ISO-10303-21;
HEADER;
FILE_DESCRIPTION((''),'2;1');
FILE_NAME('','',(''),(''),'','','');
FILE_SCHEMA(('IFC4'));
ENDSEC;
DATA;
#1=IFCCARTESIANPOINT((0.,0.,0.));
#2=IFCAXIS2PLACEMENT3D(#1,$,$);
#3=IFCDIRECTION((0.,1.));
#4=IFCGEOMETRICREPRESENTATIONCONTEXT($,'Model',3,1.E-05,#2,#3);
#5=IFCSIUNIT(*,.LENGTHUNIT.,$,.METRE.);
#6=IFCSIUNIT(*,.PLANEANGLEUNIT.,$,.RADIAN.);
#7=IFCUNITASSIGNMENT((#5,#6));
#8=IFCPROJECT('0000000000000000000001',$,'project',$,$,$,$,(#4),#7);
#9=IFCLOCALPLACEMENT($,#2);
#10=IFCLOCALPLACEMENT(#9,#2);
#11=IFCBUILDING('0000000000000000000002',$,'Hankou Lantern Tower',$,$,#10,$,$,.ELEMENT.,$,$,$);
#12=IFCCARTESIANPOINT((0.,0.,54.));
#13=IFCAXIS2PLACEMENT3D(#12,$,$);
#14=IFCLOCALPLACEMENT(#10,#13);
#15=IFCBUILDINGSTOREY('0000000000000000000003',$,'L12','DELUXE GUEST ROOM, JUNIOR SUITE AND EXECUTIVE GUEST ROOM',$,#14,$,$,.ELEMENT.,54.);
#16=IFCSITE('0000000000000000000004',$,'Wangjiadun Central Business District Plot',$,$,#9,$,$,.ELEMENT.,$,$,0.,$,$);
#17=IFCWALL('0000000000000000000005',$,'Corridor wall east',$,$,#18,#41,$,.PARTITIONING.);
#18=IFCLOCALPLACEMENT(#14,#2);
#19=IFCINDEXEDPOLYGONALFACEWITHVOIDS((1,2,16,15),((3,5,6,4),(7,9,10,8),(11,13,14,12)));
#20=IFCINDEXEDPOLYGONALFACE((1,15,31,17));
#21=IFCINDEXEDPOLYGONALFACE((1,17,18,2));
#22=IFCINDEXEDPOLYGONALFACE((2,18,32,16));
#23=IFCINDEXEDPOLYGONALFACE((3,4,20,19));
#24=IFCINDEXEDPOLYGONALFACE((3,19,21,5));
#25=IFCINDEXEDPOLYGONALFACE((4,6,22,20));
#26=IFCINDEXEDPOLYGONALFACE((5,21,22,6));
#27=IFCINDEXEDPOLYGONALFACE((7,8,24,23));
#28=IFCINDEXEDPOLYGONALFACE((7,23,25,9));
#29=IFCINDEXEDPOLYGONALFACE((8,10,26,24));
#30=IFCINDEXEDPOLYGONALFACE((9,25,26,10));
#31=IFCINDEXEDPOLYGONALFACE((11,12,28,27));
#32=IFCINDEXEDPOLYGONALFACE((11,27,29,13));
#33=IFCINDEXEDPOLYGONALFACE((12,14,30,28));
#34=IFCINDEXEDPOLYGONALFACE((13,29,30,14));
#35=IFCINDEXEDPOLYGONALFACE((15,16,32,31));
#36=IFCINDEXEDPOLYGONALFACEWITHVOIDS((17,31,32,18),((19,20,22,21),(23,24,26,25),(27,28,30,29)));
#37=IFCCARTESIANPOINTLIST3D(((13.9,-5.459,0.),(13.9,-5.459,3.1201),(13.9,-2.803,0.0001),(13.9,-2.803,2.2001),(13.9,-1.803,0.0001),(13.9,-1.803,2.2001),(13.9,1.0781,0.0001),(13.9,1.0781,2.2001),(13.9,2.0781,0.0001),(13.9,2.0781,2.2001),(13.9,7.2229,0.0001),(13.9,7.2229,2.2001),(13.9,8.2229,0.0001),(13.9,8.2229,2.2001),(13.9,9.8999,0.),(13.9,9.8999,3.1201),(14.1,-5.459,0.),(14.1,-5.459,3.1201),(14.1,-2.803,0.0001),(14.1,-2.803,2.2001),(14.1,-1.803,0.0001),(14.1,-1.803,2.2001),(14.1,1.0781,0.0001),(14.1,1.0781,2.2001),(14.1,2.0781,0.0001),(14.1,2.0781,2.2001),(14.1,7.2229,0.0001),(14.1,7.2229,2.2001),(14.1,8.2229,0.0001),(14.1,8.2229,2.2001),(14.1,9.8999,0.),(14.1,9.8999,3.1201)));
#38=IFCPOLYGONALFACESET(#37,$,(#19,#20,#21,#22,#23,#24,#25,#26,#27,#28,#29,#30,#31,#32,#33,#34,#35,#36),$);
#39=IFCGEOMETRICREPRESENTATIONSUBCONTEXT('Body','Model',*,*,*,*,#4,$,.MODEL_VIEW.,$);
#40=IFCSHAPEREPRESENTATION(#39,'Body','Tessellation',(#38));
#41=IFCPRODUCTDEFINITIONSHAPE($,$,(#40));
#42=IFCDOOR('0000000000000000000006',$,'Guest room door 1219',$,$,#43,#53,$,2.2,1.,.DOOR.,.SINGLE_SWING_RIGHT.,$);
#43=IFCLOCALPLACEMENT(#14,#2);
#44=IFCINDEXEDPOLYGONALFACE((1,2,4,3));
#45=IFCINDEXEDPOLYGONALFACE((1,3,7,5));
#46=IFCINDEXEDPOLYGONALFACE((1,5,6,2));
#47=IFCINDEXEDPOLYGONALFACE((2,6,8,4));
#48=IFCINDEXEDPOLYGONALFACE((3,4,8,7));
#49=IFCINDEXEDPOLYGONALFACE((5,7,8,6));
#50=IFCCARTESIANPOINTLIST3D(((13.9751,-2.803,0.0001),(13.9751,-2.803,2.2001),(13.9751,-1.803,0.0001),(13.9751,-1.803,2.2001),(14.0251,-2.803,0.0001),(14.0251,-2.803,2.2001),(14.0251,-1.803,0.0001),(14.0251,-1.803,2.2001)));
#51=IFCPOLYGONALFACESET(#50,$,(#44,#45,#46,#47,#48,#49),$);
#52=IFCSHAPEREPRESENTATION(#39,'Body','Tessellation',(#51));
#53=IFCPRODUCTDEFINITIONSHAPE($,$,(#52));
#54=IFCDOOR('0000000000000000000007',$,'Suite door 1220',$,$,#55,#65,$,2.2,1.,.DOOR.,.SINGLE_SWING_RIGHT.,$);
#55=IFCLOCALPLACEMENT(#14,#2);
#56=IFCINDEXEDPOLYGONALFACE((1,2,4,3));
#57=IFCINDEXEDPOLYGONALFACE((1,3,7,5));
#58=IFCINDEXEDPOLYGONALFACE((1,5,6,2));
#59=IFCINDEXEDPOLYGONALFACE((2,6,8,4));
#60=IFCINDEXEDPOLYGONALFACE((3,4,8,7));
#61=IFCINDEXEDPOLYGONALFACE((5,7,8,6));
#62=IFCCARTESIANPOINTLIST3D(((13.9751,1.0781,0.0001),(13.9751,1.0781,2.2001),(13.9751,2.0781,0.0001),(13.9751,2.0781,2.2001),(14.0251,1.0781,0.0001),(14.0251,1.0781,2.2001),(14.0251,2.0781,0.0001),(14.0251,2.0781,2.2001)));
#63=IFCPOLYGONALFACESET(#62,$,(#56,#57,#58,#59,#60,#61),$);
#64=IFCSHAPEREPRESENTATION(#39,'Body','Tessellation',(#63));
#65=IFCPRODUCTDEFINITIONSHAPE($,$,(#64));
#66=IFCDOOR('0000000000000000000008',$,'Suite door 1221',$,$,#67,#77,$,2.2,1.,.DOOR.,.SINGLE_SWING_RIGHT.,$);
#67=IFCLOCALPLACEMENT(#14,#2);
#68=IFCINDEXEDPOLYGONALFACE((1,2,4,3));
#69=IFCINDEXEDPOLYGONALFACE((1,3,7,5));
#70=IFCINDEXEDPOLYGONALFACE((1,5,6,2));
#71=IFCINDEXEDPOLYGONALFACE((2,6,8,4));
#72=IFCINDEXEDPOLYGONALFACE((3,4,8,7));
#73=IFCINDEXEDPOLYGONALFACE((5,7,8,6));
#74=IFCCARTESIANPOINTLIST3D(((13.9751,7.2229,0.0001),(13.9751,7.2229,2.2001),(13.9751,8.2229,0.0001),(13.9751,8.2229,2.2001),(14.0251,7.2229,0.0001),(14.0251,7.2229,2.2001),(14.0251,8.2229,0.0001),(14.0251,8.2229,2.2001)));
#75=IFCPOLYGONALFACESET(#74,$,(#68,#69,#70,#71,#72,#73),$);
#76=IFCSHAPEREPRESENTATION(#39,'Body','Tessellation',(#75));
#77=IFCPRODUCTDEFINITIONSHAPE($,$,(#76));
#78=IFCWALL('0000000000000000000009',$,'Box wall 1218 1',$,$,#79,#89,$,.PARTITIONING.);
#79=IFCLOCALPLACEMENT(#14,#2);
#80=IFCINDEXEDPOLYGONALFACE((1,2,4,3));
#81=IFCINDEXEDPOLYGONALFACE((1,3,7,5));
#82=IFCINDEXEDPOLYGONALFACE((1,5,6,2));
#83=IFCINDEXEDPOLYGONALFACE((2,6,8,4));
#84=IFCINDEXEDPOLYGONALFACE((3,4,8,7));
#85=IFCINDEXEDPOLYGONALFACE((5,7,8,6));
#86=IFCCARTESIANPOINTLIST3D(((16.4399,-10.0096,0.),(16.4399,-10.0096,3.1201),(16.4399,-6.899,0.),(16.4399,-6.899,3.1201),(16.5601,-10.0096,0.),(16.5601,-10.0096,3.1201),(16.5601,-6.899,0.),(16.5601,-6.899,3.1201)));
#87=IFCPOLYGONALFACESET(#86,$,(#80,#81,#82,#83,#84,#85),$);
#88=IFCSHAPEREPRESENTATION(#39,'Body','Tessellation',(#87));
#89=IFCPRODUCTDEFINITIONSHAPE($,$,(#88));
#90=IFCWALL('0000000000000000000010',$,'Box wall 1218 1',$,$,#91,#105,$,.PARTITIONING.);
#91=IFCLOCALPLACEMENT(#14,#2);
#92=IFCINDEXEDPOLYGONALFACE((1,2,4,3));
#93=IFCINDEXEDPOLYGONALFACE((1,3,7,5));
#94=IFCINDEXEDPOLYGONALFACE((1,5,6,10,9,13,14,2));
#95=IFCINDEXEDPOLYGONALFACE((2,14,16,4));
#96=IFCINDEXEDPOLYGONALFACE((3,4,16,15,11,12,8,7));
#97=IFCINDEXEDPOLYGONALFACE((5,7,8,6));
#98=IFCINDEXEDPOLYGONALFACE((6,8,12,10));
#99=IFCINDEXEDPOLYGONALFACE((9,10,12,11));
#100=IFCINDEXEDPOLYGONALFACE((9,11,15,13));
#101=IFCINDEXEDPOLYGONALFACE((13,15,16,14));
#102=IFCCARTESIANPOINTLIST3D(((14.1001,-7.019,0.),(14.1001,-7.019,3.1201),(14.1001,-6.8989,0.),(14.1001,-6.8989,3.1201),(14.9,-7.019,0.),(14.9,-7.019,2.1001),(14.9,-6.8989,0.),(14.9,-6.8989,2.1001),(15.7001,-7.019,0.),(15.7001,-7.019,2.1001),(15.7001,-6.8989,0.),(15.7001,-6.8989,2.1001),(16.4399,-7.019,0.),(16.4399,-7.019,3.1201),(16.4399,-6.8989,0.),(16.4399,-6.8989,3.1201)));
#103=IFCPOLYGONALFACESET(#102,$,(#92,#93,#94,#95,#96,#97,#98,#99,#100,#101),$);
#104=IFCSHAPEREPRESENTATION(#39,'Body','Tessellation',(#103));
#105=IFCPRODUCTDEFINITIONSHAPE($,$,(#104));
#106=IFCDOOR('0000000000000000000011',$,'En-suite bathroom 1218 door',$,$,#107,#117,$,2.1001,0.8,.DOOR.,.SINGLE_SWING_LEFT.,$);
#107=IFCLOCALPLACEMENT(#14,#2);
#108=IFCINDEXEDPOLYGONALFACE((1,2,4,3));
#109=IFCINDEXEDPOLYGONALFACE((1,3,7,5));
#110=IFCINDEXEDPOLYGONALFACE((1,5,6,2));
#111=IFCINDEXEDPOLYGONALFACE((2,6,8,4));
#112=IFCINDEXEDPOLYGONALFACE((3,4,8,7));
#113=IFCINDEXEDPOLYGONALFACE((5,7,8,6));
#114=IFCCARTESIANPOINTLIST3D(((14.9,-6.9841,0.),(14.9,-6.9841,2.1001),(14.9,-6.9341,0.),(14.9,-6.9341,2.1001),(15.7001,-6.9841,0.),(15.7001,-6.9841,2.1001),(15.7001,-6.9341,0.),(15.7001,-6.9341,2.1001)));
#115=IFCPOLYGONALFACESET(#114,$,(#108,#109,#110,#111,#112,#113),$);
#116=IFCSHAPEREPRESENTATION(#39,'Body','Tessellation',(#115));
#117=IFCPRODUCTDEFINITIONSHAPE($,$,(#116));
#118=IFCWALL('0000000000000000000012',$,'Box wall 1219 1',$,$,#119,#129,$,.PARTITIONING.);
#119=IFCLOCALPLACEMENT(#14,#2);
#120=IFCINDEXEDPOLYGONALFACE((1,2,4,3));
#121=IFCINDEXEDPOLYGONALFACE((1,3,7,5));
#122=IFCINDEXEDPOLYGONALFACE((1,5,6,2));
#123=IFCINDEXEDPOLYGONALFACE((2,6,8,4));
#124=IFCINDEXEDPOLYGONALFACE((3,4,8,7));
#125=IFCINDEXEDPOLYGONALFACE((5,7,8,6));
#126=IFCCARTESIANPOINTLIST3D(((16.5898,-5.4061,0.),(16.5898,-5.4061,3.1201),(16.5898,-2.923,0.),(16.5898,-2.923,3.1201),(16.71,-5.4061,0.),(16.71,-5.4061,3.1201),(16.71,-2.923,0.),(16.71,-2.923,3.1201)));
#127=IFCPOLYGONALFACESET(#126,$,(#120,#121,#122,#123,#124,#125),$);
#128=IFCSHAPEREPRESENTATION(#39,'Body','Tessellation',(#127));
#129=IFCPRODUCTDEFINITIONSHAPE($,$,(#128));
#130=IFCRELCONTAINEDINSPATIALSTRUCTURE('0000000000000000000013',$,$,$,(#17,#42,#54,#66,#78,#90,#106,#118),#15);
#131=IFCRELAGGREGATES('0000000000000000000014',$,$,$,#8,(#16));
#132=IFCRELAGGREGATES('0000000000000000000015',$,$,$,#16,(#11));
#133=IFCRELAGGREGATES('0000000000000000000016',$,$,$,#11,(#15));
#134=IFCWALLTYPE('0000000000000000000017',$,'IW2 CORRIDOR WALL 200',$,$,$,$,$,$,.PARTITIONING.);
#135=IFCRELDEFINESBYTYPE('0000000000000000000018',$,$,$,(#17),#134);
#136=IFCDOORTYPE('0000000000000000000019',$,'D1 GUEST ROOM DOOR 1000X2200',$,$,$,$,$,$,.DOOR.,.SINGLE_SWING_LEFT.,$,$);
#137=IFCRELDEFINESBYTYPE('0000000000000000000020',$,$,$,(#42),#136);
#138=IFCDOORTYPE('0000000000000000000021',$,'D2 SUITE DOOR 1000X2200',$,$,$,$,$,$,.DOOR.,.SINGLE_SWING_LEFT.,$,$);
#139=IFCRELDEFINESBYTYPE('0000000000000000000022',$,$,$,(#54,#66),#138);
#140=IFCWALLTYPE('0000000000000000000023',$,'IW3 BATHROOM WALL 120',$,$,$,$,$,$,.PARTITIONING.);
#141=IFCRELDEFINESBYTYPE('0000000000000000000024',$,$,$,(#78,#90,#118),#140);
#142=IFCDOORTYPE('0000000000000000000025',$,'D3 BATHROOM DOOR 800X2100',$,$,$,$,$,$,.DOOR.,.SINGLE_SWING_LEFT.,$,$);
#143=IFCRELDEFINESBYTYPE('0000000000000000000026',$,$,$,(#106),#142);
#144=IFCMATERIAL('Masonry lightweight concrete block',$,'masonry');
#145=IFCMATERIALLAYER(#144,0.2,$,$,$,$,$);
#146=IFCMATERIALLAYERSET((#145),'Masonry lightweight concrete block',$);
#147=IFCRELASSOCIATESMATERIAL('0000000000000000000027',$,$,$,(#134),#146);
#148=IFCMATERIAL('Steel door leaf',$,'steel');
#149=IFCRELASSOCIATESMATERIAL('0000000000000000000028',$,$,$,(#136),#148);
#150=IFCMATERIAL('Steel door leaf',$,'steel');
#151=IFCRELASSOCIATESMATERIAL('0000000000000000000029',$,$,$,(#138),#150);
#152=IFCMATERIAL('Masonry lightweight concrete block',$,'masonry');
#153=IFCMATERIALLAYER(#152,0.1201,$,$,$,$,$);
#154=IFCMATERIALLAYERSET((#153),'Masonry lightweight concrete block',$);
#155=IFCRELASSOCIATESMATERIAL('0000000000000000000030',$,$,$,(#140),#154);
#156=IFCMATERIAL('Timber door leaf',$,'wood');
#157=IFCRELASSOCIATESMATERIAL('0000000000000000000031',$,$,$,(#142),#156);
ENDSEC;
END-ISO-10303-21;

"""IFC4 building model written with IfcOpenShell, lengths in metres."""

from ifc_helpers import new_model, si_unit, direction, frame, frame_2d, origin, place, context, subcontext, project, spatial, rectangle, extrude, material, layer, layer_set, type_object, element, fill, save


model = new_model("IFC4")

# Units and contexts
model_context = context("Model", 3, precision=1e-05, world=origin(), true_north=direction((0.0, 1.0)))
body_context = subcontext(model_context, "Body", "Model", "MODEL_VIEW")
ifc_project = project(units=[si_unit("LENGTHUNIT", "METRE"), si_unit("PLANEANGLEUNIT", "RADIAN")], contexts=[model_context])

# Site, building, storey
site_placement = place(None, origin())
site = spatial("IfcSite", under=ifc_project, at=site_placement, Name="Wangjiadun Central Business District Plot", CompositionType="ELEMENT", RefElevation=0.0)
building_placement = place(site_placement, origin())
building = spatial("IfcBuilding", under=site, at=building_placement, Name="Hankou Lantern Tower", CompositionType="ELEMENT")
storey_placement = place(building_placement, frame((0.0, 0.0, 54.0)))
storey = spatial("IfcBuildingStorey", under=building, at=storey_placement, Name="L12", Description="DELUXE GUEST ROOM, JUNIOR SUITE AND EXECUTIVE GUEST ROOM", CompositionType="ELEMENT", Elevation=54.0)

# Shared definitions
ifc_material_1 = material(Name="Masonry lightweight concrete block", Category="masonry")
ifc_layer_1 = layer(ifc_material_1, 0.2)
ifc_layer_set_1 = layer_set([ifc_layer_1], Name="Masonry lightweight concrete block")
wall_type_1 = type_object("IfcWallType", Name="IW2 CORRIDOR WALL 200", PredefinedType="PARTITIONING", material=ifc_layer_set_1)
ifc_material_2 = material(Name="Steel door leaf", Category="steel")
door_type_1 = type_object("IfcDoorType", Name="D1 GUEST ROOM DOOR 1000X2200", OperationType="SINGLE_SWING_LEFT", PredefinedType="DOOR", material=ifc_material_2)

# Wall, openings, doors
wall_1_placement = place(storey_placement, frame((14.0, -5.459, 0.0), z_axis=(0.0, 0.0, 1.0), x_axis=(0.0, 1.0, 0.0)))
wall_1 = element("IfcWall", 1, at=wall_1_placement, inside=storey, type_object=wall_type_1, Name="Corridor wall east", PredefinedType="PARTITIONING", context=body_context, shape_type="SweptSolid", body=[
    extrude(rectangle(XDim=15.3589, YDim=0.2, at=frame_2d((7.6794, 0.0))), origin(), (0.0, 0.0, 1.0), 3.1201),
])
opening_1_placement = place(wall_1_placement, frame((2.656, 0.0, 0.0)))
opening_1 = element("IfcOpeningElement", 2, at=opening_1_placement, cuts=wall_1, PredefinedType="OPENING", context=body_context, shape_type="SweptSolid", body=[
    extrude(rectangle(XDim=1.0, YDim=2.2, at=frame_2d((0.5, 1.1001))), frame((0.0, 0.1099, 0.0), z_axis=(0.0, -1.0, 0.0), x_axis=(1.0, 0.0, 0.0)), (0.0, 0.0, 1.0), 0.22),
])
opening_2_placement = place(wall_1_placement, frame((6.5371, 0.0, 0.0)))
opening_2 = element("IfcOpeningElement", 3, at=opening_2_placement, cuts=wall_1, PredefinedType="OPENING", context=body_context, shape_type="SweptSolid", body=[
    extrude(rectangle(XDim=1.0, YDim=2.2, at=frame_2d((0.5, 1.1001))), frame((0.0, 0.1099, 0.0), z_axis=(0.0, -1.0, 0.0), x_axis=(1.0, 0.0, 0.0)), (0.0, 0.0, 1.0), 0.22),
])
opening_3_placement = place(wall_1_placement, frame((12.6819, 0.0, 0.0)))
opening_3 = element("IfcOpeningElement", 4, at=opening_3_placement, cuts=wall_1, PredefinedType="OPENING", context=body_context, shape_type="SweptSolid", body=[
    extrude(rectangle(XDim=1.0, YDim=2.2, at=frame_2d((0.5, 1.1001))), frame((0.0, 0.1099, 0.0), z_axis=(0.0, -1.0, 0.0), x_axis=(1.0, 0.0, 0.0)), (0.0, 0.0, 1.0), 0.22),
])
door_1_placement = place(opening_1_placement, origin())
door_1 = element("IfcDoor", 5, at=door_1_placement, inside=storey, type_object=door_type_1, Name="Guest room door 1219", OperationType="SINGLE_SWING_RIGHT", OverallHeight=2.2, OverallWidth=1.0, PredefinedType="DOOR", context=body_context, shape_type="SweptSolid", body=[
    extrude(rectangle(XDim=1.0, YDim=2.2, at=frame_2d((0.5, 1.1001))), frame((0.0, 0.0249, 0.0), z_axis=(0.0, -1.0, 0.0), x_axis=(1.0, 0.0, 0.0)), (0.0, 0.0, 1.0), 0.05),
])
fill(opening_1, door_1)
ifc_material_3 = material(Name="Steel door leaf", Category="steel")
door_type_2 = type_object("IfcDoorType", Name="D2 SUITE DOOR 1000X2200", OperationType="SINGLE_SWING_LEFT", PredefinedType="DOOR", material=ifc_material_3)
door_2_placement = place(opening_2_placement, origin())
door_2 = element("IfcDoor", 6, at=door_2_placement, inside=storey, type_object=door_type_2, Name="Suite door 1220", OperationType="SINGLE_SWING_RIGHT", OverallHeight=2.2, OverallWidth=1.0, PredefinedType="DOOR", context=body_context, shape_type="SweptSolid", body=[
    extrude(rectangle(XDim=1.0, YDim=2.2, at=frame_2d((0.5, 1.1001))), frame((0.0, 0.0249, 0.0), z_axis=(0.0, -1.0, 0.0), x_axis=(1.0, 0.0, 0.0)), (0.0, 0.0, 1.0), 0.05),
])
fill(opening_2, door_2)
door_3_placement = place(opening_3_placement, origin())
door_3 = element("IfcDoor", 7, at=door_3_placement, inside=storey, type_object=door_type_2, Name="Suite door 1221", OperationType="SINGLE_SWING_RIGHT", OverallHeight=2.2, OverallWidth=1.0, PredefinedType="DOOR", context=body_context, shape_type="SweptSolid", body=[
    extrude(rectangle(XDim=1.0, YDim=2.2, at=frame_2d((0.5, 1.1001))), frame((0.0, 0.0249, 0.0), z_axis=(0.0, -1.0, 0.0), x_axis=(1.0, 0.0, 0.0)), (0.0, 0.0, 1.0), 0.05),
])
fill(opening_3, door_3)

# Wall
ifc_material_4 = material(Name="Masonry lightweight concrete block", Category="masonry")
ifc_layer_2 = layer(ifc_material_4, 0.1201)
ifc_layer_set_2 = layer_set([ifc_layer_2], Name="Masonry lightweight concrete block")
wall_type_2 = type_object("IfcWallType", Name="IW3 BATHROOM WALL 120", PredefinedType="PARTITIONING", material=ifc_layer_set_2)
wall_2_placement = place(storey_placement, frame((16.5, -10.0095, 0.0), z_axis=(0.0, 0.0, 1.0), x_axis=(0.0, 1.0, 0.0)))
element("IfcWall", 8, at=wall_2_placement, inside=storey, type_object=wall_type_2, Name="Box wall 1218 1", PredefinedType="PARTITIONING", context=body_context, shape_type="SweptSolid", body=[
    extrude(rectangle(XDim=3.1106, YDim=0.1201, at=frame_2d((1.5552, 0.0))), origin(), (0.0, 0.0, 1.0), 3.1201),
])

# Wall, opening, door
wall_3_placement = place(storey_placement, frame((14.1001, -6.959, 0.0), z_axis=(0.0, 0.0, 1.0), x_axis=(1.0, 0.0, 0.0)))
wall_3 = element("IfcWall", 9, at=wall_3_placement, inside=storey, type_object=wall_type_2, Name="Box wall 1218 1", PredefinedType="PARTITIONING", context=body_context, shape_type="SweptSolid", body=[
    extrude(rectangle(XDim=2.3398, YDim=0.1201, at=frame_2d((1.1699, 0.0))), origin(), (0.0, 0.0, 1.0), 3.1201),
])
opening_4_placement = place(wall_3_placement, frame((0.8, 0.0, 0.0)))
opening_4 = element("IfcOpeningElement", 10, at=opening_4_placement, cuts=wall_3, PredefinedType="OPENING", context=body_context, shape_type="SweptSolid", body=[
    extrude(rectangle(XDim=0.8, YDim=2.1001, at=frame_2d((0.3999, 1.05))), frame((0.0, 0.0701, 0.0), z_axis=(0.0, -1.0, 0.0), x_axis=(1.0, 0.0, 0.0)), (0.0, 0.0, 1.0), 0.1401),
])
ifc_material_5 = material(Name="Timber door leaf", Category="wood")
door_type_3 = type_object("IfcDoorType", Name="D3 BATHROOM DOOR 800X2100", OperationType="SINGLE_SWING_LEFT", PredefinedType="DOOR", material=ifc_material_5)
door_4_placement = place(opening_4_placement, origin())
door_4 = element("IfcDoor", 11, at=door_4_placement, inside=storey, type_object=door_type_3, Name="En-suite bathroom 1218 door", OperationType="SINGLE_SWING_LEFT", OverallHeight=2.1001, OverallWidth=0.8, PredefinedType="DOOR", context=body_context, shape_type="SweptSolid", body=[
    extrude(rectangle(XDim=0.8, YDim=2.1001, at=frame_2d((0.3999, 1.05))), frame((0.0, 0.0249, 0.0), z_axis=(0.0, -1.0, 0.0), x_axis=(1.0, 0.0, 0.0)), (0.0, 0.0, 1.0), 0.05),
])
fill(opening_4, door_4)

# Wall
wall_4_placement = place(storey_placement, frame((16.6499, -5.4062, 0.0), z_axis=(0.0, 0.0, 1.0), x_axis=(0.0, 1.0, 0.0)))
element("IfcWall", 12, at=wall_4_placement, inside=storey, type_object=wall_type_2, Name="Box wall 1219 1", PredefinedType="PARTITIONING", context=body_context, shape_type="SweptSolid", body=[
    extrude(rectangle(XDim=2.4832, YDim=0.1201, at=frame_2d((1.2417, 0.0))), origin(), (0.0, 0.0, 1.0), 3.1201),
])

save(model, "model.ifc")
